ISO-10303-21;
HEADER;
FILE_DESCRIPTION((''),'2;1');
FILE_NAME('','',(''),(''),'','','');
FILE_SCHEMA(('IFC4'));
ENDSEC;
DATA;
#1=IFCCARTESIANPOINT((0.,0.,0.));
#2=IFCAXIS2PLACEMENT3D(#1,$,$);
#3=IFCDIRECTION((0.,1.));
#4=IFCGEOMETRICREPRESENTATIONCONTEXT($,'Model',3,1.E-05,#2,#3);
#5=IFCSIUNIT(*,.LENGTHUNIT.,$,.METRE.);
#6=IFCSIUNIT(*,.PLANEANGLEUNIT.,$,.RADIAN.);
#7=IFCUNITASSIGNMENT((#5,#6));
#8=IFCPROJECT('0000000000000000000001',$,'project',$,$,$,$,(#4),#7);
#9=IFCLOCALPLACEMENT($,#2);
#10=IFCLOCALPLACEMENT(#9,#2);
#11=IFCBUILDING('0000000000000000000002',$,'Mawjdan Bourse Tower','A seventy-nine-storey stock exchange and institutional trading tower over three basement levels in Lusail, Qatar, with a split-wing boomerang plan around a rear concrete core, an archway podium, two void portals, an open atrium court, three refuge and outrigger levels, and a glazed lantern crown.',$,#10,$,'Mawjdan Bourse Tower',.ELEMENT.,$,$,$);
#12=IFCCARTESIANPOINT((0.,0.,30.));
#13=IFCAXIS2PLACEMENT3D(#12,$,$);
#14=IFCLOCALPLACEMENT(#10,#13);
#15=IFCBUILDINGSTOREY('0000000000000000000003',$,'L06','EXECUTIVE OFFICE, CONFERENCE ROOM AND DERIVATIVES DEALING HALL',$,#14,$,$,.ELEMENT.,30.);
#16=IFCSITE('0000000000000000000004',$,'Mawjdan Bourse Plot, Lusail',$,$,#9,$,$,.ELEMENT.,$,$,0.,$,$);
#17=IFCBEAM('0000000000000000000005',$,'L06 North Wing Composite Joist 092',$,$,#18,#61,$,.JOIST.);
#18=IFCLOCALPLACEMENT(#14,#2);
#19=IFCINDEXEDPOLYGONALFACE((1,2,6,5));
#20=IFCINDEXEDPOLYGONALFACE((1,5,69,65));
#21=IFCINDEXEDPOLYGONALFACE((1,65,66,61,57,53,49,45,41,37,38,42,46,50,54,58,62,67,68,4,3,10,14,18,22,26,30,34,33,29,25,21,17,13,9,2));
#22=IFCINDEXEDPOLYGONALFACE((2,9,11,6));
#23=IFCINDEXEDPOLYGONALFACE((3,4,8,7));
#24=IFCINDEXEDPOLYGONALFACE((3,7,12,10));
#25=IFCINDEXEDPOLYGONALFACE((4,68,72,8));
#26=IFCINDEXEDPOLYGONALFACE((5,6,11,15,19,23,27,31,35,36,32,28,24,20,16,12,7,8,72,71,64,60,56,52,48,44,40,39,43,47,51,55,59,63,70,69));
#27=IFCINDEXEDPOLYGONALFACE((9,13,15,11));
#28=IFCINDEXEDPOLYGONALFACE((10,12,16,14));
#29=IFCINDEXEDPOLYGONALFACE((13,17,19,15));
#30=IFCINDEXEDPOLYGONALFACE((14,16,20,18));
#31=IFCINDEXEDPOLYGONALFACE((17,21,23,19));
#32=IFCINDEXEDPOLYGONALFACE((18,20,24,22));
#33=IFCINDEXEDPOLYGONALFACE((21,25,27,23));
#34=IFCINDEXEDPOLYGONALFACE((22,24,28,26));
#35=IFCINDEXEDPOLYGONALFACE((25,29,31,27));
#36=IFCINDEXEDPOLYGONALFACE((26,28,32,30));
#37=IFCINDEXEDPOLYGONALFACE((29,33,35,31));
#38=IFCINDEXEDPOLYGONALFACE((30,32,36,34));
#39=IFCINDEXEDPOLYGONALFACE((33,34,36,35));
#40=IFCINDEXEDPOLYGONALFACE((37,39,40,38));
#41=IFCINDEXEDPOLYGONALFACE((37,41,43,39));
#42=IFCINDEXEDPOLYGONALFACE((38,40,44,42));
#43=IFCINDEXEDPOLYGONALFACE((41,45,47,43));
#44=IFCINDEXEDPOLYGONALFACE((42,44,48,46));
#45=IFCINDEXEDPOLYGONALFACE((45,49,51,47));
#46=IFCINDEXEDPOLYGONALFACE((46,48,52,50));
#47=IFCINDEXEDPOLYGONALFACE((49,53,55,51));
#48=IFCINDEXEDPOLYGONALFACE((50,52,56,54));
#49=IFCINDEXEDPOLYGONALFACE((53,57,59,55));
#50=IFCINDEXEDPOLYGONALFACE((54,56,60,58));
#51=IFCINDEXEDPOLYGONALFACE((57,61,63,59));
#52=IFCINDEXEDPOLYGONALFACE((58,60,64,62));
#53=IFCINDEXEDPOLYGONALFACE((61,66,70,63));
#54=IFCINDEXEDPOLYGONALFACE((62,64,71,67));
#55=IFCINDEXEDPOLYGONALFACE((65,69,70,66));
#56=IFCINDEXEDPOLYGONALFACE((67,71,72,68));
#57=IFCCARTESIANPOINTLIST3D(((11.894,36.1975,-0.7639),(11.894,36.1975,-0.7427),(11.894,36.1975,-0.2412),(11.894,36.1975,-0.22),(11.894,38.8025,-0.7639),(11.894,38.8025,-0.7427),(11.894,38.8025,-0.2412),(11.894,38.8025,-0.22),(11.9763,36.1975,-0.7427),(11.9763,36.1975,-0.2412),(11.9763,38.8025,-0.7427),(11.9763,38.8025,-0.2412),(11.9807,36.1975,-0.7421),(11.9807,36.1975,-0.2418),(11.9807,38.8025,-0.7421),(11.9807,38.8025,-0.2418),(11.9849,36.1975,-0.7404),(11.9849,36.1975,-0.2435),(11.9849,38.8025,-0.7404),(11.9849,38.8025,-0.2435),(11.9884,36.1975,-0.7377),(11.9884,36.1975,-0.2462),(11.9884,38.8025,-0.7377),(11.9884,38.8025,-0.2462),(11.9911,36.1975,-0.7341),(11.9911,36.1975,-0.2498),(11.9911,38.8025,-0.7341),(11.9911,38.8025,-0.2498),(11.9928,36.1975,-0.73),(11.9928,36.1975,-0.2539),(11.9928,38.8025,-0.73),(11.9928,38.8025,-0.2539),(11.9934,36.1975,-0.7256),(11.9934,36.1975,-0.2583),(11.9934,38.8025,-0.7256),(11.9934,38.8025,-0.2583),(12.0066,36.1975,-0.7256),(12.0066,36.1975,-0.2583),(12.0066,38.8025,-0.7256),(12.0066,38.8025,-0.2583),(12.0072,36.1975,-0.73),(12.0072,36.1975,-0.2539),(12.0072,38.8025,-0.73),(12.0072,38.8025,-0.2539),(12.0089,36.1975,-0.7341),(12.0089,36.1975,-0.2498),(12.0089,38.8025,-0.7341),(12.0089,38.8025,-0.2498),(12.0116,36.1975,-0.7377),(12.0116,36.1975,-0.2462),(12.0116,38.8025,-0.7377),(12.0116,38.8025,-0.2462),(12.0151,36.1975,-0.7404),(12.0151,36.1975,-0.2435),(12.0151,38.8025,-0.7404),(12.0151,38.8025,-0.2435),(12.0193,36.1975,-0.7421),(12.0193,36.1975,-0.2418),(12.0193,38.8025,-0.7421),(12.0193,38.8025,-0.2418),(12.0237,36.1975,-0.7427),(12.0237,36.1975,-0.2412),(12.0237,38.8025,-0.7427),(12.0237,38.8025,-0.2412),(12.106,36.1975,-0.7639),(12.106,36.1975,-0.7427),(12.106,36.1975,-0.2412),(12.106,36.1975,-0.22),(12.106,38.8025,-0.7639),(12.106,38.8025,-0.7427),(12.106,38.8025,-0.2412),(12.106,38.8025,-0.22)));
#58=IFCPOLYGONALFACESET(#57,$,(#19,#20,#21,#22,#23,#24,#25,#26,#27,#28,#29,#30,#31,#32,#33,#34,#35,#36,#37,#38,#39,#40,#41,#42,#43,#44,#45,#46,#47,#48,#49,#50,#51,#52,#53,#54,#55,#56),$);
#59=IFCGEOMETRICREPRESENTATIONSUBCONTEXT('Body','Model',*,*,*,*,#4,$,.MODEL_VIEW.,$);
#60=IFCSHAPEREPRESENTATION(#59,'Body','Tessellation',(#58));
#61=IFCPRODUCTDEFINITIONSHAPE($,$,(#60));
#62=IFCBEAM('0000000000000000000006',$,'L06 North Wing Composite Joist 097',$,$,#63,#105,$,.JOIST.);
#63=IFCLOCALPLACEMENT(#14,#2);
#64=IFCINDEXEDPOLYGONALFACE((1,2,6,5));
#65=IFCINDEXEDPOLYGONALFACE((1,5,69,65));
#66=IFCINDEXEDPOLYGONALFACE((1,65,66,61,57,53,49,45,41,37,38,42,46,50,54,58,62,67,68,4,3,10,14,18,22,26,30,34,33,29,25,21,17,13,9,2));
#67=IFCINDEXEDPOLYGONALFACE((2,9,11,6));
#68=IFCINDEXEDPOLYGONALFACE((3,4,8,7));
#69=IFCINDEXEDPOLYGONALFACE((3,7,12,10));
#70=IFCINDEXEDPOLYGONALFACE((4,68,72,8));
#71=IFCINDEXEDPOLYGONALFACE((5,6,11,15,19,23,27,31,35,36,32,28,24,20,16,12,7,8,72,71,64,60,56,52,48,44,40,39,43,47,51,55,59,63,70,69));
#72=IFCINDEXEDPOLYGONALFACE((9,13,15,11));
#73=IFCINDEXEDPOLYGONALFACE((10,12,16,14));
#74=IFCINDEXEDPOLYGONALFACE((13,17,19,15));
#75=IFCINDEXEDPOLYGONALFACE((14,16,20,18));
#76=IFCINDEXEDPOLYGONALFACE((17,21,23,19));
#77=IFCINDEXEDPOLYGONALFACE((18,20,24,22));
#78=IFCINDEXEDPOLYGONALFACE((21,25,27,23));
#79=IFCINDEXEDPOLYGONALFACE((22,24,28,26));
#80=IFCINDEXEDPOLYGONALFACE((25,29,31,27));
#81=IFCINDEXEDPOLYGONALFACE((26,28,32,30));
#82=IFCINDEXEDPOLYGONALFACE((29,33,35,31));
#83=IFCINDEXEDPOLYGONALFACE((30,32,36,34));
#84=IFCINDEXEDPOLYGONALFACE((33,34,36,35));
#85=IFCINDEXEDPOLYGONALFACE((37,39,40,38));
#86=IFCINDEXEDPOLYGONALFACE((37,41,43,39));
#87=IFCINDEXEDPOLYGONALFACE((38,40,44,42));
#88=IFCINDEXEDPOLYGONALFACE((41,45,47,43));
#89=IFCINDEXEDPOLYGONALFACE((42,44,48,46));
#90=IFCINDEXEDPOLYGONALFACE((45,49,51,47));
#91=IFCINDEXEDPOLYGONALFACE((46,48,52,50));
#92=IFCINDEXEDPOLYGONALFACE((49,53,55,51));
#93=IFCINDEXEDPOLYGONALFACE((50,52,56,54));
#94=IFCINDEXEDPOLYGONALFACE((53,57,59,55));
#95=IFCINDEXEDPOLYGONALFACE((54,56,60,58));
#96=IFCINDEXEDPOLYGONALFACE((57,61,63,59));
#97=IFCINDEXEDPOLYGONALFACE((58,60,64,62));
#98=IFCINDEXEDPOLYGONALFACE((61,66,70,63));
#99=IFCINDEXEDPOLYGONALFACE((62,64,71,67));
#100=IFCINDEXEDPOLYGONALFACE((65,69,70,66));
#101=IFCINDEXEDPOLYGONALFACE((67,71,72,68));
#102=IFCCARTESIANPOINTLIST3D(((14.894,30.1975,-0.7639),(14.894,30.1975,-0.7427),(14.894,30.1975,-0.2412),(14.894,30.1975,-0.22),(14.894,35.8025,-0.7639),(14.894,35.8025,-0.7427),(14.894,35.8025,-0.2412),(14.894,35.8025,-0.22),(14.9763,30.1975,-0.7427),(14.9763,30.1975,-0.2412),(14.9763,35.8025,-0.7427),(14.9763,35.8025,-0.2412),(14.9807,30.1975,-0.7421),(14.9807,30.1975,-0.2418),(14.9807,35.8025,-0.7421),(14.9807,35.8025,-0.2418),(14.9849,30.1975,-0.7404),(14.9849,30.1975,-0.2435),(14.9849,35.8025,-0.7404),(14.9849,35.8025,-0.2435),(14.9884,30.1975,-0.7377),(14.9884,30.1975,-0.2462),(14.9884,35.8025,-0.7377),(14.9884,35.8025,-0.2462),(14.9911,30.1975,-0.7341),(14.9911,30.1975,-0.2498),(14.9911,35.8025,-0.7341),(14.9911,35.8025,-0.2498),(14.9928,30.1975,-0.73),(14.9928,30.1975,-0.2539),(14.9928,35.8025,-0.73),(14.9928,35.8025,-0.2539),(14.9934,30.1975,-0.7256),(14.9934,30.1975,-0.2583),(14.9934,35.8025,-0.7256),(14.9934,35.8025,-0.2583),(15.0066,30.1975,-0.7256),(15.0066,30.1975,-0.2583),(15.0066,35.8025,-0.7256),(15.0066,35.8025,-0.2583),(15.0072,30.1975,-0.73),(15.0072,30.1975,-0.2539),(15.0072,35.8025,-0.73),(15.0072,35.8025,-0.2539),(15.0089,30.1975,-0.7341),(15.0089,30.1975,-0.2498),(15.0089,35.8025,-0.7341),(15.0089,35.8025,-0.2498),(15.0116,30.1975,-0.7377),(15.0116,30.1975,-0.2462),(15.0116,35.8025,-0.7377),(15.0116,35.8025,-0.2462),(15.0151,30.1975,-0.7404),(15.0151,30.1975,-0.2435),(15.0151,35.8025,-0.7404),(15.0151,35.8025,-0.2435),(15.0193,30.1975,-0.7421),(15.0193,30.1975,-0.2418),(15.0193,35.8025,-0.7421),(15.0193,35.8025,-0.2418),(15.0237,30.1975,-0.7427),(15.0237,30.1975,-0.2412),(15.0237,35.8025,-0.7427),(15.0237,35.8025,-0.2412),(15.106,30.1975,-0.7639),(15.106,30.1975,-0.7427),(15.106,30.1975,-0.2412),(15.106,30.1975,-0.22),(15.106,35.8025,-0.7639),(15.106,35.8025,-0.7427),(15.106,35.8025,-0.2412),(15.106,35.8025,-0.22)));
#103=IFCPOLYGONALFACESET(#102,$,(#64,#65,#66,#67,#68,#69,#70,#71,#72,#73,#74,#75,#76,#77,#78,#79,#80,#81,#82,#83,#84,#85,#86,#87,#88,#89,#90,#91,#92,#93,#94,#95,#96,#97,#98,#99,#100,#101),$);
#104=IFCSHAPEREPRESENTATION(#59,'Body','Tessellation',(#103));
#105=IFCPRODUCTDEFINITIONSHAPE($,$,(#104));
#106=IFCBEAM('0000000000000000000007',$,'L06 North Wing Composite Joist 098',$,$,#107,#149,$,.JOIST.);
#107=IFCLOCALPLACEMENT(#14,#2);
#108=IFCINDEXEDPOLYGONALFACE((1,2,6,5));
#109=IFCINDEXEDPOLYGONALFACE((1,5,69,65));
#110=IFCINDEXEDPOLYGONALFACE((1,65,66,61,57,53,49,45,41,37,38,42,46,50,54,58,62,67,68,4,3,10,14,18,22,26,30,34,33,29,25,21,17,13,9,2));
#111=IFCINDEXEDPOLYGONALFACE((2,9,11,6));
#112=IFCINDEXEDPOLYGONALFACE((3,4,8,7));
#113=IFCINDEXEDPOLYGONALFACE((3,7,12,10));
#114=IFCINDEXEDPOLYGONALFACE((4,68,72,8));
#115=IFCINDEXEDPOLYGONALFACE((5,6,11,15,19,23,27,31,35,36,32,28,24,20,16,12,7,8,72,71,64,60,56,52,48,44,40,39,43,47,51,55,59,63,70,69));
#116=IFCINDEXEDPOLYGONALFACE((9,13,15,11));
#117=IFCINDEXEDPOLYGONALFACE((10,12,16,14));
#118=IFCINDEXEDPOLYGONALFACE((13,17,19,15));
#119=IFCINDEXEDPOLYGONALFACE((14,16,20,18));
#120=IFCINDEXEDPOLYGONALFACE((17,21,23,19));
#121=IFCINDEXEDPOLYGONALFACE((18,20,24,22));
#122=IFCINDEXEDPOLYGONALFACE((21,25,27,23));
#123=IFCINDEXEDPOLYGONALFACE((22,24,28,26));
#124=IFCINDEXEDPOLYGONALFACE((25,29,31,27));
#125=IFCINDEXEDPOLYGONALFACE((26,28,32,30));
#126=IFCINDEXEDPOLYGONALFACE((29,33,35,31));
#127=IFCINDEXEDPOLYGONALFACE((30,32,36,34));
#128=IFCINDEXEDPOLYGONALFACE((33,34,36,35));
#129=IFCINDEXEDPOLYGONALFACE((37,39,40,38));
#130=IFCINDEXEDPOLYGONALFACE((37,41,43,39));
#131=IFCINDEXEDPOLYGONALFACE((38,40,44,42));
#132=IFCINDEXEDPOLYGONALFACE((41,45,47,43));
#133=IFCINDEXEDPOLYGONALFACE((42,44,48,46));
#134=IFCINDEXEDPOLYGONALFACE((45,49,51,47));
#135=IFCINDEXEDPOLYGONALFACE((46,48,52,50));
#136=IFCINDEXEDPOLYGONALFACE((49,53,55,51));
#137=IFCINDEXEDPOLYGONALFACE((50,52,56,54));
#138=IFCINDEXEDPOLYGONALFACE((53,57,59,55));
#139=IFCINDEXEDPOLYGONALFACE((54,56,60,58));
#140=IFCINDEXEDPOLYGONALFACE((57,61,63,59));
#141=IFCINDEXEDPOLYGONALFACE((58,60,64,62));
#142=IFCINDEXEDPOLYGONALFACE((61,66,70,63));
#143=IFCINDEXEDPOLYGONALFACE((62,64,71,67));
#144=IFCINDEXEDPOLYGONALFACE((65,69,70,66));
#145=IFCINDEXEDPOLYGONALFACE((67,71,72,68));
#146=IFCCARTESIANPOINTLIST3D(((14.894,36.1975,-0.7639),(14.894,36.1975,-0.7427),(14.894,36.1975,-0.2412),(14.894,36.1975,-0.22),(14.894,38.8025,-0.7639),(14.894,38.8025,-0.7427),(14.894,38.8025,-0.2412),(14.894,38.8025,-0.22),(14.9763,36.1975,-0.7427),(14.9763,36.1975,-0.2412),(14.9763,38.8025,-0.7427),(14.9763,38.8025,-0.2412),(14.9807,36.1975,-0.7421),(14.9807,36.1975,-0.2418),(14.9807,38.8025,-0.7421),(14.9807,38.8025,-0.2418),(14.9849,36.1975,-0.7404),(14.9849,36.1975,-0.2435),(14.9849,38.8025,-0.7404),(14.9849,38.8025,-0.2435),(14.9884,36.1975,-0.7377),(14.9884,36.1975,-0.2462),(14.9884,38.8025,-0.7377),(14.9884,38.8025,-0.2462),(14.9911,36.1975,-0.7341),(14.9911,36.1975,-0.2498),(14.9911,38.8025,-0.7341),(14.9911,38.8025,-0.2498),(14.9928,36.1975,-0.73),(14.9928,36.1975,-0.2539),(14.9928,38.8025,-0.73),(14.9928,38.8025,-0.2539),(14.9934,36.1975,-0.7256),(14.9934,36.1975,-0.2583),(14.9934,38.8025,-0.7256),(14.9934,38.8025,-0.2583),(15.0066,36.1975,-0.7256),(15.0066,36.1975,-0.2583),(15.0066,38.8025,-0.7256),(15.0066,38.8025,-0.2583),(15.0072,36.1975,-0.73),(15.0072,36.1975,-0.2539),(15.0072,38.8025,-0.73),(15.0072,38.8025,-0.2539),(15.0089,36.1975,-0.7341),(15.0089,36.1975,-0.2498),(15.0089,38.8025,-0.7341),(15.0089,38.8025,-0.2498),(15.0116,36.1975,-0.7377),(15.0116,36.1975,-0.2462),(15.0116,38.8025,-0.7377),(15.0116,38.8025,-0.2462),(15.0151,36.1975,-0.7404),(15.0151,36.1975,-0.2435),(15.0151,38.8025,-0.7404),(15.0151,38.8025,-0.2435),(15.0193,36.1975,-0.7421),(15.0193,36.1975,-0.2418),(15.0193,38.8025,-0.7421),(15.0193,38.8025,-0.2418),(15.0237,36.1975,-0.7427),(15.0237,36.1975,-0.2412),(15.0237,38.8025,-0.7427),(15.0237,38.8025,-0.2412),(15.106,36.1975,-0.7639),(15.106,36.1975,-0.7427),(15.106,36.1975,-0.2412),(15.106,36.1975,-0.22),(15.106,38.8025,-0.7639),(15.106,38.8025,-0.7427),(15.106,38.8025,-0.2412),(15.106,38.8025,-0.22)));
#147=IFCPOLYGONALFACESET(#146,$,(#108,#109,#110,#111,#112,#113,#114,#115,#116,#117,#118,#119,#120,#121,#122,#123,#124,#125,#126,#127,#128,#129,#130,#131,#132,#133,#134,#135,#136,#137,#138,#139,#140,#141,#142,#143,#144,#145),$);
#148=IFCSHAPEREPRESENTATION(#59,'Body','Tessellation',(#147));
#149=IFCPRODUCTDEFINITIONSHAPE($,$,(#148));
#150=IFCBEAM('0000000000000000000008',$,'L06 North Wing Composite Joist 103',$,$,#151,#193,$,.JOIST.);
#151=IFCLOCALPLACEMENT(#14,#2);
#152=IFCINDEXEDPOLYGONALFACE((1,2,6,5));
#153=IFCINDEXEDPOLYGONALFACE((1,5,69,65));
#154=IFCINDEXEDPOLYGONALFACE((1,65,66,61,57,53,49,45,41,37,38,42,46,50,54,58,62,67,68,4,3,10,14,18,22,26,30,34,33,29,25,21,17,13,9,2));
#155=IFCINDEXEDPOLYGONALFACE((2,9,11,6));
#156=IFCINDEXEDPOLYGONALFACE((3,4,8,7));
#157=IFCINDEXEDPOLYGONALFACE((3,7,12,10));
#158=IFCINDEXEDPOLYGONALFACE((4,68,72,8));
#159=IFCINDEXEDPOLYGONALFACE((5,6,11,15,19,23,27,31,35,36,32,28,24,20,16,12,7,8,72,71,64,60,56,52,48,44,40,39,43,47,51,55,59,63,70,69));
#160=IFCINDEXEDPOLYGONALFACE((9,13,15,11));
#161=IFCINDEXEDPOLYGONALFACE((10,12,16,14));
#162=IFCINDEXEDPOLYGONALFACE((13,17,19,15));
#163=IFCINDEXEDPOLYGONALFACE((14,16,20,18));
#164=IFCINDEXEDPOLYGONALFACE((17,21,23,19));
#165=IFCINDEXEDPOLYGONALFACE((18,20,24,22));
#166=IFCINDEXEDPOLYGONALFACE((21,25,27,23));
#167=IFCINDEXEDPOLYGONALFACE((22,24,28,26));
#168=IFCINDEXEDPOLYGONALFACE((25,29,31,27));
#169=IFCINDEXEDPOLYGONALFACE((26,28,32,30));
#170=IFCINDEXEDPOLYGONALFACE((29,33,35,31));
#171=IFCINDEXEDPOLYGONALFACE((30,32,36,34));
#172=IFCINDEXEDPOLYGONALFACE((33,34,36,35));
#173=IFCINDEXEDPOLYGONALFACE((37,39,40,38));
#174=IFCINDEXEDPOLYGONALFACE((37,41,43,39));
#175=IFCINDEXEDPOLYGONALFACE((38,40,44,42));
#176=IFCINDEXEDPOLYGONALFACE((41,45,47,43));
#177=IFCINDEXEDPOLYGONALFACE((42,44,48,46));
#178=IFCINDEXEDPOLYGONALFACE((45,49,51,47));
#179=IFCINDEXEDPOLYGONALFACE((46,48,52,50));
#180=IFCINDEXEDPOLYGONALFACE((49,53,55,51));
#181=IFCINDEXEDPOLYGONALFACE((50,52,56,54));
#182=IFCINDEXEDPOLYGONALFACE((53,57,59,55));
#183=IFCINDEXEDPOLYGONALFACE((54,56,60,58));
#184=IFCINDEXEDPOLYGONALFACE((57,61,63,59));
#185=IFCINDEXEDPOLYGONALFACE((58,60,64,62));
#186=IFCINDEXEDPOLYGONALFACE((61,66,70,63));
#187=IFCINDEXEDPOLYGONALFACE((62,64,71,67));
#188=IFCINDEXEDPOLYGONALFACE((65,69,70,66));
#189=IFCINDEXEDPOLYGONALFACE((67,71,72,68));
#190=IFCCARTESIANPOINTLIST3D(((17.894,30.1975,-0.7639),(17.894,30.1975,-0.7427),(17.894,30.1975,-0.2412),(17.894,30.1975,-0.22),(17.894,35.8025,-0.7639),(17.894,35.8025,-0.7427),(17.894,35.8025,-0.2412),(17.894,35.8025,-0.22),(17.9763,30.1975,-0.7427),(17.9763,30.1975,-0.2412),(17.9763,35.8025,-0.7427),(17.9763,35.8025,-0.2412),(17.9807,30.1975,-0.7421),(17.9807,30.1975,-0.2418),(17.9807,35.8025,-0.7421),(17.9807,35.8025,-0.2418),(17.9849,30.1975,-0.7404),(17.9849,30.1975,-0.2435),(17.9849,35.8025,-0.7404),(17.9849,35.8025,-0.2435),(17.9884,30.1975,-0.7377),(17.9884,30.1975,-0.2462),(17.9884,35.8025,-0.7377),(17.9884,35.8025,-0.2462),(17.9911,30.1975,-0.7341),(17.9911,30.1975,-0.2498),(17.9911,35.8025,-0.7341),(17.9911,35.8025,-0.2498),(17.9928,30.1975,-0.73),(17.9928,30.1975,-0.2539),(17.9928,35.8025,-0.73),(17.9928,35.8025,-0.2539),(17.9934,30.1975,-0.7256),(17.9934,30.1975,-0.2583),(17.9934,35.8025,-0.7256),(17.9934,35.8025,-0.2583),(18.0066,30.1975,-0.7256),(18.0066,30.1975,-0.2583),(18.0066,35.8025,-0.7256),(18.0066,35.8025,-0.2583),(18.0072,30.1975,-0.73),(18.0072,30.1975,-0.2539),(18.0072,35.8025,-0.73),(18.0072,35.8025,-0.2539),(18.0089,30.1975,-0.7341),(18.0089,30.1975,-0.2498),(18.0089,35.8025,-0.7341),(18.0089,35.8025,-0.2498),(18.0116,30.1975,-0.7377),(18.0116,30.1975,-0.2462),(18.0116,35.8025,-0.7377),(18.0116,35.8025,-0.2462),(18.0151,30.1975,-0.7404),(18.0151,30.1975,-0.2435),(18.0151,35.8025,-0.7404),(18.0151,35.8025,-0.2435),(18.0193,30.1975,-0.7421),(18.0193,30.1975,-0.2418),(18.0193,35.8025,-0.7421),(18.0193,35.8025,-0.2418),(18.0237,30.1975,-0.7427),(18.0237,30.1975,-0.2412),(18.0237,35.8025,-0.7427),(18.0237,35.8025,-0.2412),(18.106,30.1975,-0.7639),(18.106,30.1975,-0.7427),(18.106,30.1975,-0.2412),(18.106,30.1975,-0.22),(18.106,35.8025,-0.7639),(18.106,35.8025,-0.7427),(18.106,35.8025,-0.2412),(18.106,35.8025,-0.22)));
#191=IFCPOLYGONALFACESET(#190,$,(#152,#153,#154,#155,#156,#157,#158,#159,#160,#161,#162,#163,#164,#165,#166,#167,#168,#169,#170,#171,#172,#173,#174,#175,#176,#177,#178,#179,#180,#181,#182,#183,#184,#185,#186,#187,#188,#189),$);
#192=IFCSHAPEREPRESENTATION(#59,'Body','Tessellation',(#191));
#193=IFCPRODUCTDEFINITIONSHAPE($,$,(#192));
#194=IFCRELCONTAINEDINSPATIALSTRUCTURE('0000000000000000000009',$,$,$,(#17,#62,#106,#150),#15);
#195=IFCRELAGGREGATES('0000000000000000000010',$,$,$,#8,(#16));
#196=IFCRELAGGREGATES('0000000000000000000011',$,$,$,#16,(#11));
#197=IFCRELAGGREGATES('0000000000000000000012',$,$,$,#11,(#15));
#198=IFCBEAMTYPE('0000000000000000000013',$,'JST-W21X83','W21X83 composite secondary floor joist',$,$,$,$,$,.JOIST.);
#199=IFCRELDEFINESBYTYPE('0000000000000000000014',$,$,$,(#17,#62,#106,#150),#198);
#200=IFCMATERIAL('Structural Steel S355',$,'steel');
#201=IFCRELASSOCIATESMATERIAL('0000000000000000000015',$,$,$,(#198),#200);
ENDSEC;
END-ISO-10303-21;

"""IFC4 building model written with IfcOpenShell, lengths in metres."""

from ifc_helpers import new_model, si_unit, direction, frame, origin, origin_2d, place, context, subcontext, project, spatial, i_section, extrude, material, material_profile, profile_set, type_object, element, save


model = new_model("IFC4")

# Units and contexts
model_context = context("Model", 3, precision=1e-05, world=origin(), true_north=direction((0.0, 1.0)))
body_context = subcontext(model_context, "Body", "Model", "MODEL_VIEW")
ifc_project = project(units=[si_unit("LENGTHUNIT", "METRE"), si_unit("PLANEANGLEUNIT", "RADIAN")], contexts=[model_context])

# Site, building, storey
site_placement = place(None, origin())
site = spatial("IfcSite", under=ifc_project, at=site_placement, Name="Mawjdan Bourse Plot, Lusail", CompositionType="ELEMENT", RefElevation=0.0)
building_placement = place(site_placement, origin())
building = spatial("IfcBuilding", under=site, at=building_placement, Name="Mawjdan Bourse Tower", Description="A seventy-nine-storey stock exchange and institutional trading tower over three basement levels in Lusail, Qatar, with a split-wing boomerang plan around a rear concrete core, an archway podium, two void portals, an open atrium court, three refuge and outrigger levels, and a glazed lantern crown.", LongName="Mawjdan Bourse Tower", CompositionType="ELEMENT")
storey_placement = place(building_placement, frame((0.0, 0.0, 30.0)))
storey = spatial("IfcBuildingStorey", under=building, at=storey_placement, Name="L06", Description="EXECUTIVE OFFICE, CONFERENCE ROOM AND DERIVATIVES DEALING HALL", CompositionType="ELEMENT", Elevation=30.0)

# Beams
ifc_material_1 = material(Name="Structural Steel S355", Category="steel")
ifc_material_profile_1 = material_profile(ifc_material_1, i_section(OverallWidth=0.2119, OverallDepth=0.5439, WebThickness=0.0132, FlangeThickness=0.0212, FilletRadius=0.0171, at=origin_2d()), Name="W21X83")
ifc_profile_set_1 = profile_set([ifc_material_profile_1], Name="Structural Steel S355")
beam_type_1 = type_object("IfcBeamType", Name="JST-W21X83", Description="W21X83 composite secondary floor joist", PredefinedType="JOIST", material=ifc_profile_set_1)
beam_1_placement = place(storey_placement, frame((12.0, 36.1975, -0.4919), z_axis=(0.0, 1.0, 0.0), x_axis=(-1.0, 0.0, 0.0)))
element("IfcBeam", 1, at=beam_1_placement, inside=storey, type_object=beam_type_1, Name="L06 North Wing Composite Joist 092", PredefinedType="JOIST", context=body_context, shape_type="SweptSolid", body=[
    extrude(i_section(OverallWidth=0.2119, OverallDepth=0.5439, WebThickness=0.0132, FlangeThickness=0.0212, FilletRadius=0.0171, at=origin_2d()), origin(), (0.0, 0.0, 1.0), 2.605),
])
beam_2_placement = place(storey_placement, frame((15.0, 30.1975, -0.4919), z_axis=(0.0, 1.0, 0.0), x_axis=(-1.0, 0.0, 0.0)))
element("IfcBeam", 2, at=beam_2_placement, inside=storey, type_object=beam_type_1, Name="L06 North Wing Composite Joist 097", PredefinedType="JOIST", context=body_context, shape_type="SweptSolid", body=[
    extrude(i_section(OverallWidth=0.2119, OverallDepth=0.5439, WebThickness=0.0132, FlangeThickness=0.0212, FilletRadius=0.0171, at=origin_2d()), origin(), (0.0, 0.0, 1.0), 5.605),
])
beam_3_placement = place(storey_placement, frame((15.0, 36.1975, -0.4919), z_axis=(0.0, 1.0, 0.0), x_axis=(-1.0, 0.0, 0.0)))
element("IfcBeam", 3, at=beam_3_placement, inside=storey, type_object=beam_type_1, Name="L06 North Wing Composite Joist 098", PredefinedType="JOIST", context=body_context, shape_type="SweptSolid", body=[
    extrude(i_section(OverallWidth=0.2119, OverallDepth=0.5439, WebThickness=0.0132, FlangeThickness=0.0212, FilletRadius=0.0171, at=origin_2d()), origin(), (0.0, 0.0, 1.0), 2.605),
])
beam_4_placement = place(storey_placement, frame((18.0, 30.1975, -0.4919), z_axis=(0.0, 1.0, 0.0), x_axis=(-1.0, 0.0, 0.0)))
element("IfcBeam", 4, at=beam_4_placement, inside=storey, type_object=beam_type_1, Name="L06 North Wing Composite Joist 103", PredefinedType="JOIST", context=body_context, shape_type="SweptSolid", body=[
    extrude(i_section(OverallWidth=0.2119, OverallDepth=0.5439, WebThickness=0.0132, FlangeThickness=0.0212, FilletRadius=0.0171, at=origin_2d()), origin(), (0.0, 0.0, 1.0), 5.605),
])

save(model, "model.ifc")
